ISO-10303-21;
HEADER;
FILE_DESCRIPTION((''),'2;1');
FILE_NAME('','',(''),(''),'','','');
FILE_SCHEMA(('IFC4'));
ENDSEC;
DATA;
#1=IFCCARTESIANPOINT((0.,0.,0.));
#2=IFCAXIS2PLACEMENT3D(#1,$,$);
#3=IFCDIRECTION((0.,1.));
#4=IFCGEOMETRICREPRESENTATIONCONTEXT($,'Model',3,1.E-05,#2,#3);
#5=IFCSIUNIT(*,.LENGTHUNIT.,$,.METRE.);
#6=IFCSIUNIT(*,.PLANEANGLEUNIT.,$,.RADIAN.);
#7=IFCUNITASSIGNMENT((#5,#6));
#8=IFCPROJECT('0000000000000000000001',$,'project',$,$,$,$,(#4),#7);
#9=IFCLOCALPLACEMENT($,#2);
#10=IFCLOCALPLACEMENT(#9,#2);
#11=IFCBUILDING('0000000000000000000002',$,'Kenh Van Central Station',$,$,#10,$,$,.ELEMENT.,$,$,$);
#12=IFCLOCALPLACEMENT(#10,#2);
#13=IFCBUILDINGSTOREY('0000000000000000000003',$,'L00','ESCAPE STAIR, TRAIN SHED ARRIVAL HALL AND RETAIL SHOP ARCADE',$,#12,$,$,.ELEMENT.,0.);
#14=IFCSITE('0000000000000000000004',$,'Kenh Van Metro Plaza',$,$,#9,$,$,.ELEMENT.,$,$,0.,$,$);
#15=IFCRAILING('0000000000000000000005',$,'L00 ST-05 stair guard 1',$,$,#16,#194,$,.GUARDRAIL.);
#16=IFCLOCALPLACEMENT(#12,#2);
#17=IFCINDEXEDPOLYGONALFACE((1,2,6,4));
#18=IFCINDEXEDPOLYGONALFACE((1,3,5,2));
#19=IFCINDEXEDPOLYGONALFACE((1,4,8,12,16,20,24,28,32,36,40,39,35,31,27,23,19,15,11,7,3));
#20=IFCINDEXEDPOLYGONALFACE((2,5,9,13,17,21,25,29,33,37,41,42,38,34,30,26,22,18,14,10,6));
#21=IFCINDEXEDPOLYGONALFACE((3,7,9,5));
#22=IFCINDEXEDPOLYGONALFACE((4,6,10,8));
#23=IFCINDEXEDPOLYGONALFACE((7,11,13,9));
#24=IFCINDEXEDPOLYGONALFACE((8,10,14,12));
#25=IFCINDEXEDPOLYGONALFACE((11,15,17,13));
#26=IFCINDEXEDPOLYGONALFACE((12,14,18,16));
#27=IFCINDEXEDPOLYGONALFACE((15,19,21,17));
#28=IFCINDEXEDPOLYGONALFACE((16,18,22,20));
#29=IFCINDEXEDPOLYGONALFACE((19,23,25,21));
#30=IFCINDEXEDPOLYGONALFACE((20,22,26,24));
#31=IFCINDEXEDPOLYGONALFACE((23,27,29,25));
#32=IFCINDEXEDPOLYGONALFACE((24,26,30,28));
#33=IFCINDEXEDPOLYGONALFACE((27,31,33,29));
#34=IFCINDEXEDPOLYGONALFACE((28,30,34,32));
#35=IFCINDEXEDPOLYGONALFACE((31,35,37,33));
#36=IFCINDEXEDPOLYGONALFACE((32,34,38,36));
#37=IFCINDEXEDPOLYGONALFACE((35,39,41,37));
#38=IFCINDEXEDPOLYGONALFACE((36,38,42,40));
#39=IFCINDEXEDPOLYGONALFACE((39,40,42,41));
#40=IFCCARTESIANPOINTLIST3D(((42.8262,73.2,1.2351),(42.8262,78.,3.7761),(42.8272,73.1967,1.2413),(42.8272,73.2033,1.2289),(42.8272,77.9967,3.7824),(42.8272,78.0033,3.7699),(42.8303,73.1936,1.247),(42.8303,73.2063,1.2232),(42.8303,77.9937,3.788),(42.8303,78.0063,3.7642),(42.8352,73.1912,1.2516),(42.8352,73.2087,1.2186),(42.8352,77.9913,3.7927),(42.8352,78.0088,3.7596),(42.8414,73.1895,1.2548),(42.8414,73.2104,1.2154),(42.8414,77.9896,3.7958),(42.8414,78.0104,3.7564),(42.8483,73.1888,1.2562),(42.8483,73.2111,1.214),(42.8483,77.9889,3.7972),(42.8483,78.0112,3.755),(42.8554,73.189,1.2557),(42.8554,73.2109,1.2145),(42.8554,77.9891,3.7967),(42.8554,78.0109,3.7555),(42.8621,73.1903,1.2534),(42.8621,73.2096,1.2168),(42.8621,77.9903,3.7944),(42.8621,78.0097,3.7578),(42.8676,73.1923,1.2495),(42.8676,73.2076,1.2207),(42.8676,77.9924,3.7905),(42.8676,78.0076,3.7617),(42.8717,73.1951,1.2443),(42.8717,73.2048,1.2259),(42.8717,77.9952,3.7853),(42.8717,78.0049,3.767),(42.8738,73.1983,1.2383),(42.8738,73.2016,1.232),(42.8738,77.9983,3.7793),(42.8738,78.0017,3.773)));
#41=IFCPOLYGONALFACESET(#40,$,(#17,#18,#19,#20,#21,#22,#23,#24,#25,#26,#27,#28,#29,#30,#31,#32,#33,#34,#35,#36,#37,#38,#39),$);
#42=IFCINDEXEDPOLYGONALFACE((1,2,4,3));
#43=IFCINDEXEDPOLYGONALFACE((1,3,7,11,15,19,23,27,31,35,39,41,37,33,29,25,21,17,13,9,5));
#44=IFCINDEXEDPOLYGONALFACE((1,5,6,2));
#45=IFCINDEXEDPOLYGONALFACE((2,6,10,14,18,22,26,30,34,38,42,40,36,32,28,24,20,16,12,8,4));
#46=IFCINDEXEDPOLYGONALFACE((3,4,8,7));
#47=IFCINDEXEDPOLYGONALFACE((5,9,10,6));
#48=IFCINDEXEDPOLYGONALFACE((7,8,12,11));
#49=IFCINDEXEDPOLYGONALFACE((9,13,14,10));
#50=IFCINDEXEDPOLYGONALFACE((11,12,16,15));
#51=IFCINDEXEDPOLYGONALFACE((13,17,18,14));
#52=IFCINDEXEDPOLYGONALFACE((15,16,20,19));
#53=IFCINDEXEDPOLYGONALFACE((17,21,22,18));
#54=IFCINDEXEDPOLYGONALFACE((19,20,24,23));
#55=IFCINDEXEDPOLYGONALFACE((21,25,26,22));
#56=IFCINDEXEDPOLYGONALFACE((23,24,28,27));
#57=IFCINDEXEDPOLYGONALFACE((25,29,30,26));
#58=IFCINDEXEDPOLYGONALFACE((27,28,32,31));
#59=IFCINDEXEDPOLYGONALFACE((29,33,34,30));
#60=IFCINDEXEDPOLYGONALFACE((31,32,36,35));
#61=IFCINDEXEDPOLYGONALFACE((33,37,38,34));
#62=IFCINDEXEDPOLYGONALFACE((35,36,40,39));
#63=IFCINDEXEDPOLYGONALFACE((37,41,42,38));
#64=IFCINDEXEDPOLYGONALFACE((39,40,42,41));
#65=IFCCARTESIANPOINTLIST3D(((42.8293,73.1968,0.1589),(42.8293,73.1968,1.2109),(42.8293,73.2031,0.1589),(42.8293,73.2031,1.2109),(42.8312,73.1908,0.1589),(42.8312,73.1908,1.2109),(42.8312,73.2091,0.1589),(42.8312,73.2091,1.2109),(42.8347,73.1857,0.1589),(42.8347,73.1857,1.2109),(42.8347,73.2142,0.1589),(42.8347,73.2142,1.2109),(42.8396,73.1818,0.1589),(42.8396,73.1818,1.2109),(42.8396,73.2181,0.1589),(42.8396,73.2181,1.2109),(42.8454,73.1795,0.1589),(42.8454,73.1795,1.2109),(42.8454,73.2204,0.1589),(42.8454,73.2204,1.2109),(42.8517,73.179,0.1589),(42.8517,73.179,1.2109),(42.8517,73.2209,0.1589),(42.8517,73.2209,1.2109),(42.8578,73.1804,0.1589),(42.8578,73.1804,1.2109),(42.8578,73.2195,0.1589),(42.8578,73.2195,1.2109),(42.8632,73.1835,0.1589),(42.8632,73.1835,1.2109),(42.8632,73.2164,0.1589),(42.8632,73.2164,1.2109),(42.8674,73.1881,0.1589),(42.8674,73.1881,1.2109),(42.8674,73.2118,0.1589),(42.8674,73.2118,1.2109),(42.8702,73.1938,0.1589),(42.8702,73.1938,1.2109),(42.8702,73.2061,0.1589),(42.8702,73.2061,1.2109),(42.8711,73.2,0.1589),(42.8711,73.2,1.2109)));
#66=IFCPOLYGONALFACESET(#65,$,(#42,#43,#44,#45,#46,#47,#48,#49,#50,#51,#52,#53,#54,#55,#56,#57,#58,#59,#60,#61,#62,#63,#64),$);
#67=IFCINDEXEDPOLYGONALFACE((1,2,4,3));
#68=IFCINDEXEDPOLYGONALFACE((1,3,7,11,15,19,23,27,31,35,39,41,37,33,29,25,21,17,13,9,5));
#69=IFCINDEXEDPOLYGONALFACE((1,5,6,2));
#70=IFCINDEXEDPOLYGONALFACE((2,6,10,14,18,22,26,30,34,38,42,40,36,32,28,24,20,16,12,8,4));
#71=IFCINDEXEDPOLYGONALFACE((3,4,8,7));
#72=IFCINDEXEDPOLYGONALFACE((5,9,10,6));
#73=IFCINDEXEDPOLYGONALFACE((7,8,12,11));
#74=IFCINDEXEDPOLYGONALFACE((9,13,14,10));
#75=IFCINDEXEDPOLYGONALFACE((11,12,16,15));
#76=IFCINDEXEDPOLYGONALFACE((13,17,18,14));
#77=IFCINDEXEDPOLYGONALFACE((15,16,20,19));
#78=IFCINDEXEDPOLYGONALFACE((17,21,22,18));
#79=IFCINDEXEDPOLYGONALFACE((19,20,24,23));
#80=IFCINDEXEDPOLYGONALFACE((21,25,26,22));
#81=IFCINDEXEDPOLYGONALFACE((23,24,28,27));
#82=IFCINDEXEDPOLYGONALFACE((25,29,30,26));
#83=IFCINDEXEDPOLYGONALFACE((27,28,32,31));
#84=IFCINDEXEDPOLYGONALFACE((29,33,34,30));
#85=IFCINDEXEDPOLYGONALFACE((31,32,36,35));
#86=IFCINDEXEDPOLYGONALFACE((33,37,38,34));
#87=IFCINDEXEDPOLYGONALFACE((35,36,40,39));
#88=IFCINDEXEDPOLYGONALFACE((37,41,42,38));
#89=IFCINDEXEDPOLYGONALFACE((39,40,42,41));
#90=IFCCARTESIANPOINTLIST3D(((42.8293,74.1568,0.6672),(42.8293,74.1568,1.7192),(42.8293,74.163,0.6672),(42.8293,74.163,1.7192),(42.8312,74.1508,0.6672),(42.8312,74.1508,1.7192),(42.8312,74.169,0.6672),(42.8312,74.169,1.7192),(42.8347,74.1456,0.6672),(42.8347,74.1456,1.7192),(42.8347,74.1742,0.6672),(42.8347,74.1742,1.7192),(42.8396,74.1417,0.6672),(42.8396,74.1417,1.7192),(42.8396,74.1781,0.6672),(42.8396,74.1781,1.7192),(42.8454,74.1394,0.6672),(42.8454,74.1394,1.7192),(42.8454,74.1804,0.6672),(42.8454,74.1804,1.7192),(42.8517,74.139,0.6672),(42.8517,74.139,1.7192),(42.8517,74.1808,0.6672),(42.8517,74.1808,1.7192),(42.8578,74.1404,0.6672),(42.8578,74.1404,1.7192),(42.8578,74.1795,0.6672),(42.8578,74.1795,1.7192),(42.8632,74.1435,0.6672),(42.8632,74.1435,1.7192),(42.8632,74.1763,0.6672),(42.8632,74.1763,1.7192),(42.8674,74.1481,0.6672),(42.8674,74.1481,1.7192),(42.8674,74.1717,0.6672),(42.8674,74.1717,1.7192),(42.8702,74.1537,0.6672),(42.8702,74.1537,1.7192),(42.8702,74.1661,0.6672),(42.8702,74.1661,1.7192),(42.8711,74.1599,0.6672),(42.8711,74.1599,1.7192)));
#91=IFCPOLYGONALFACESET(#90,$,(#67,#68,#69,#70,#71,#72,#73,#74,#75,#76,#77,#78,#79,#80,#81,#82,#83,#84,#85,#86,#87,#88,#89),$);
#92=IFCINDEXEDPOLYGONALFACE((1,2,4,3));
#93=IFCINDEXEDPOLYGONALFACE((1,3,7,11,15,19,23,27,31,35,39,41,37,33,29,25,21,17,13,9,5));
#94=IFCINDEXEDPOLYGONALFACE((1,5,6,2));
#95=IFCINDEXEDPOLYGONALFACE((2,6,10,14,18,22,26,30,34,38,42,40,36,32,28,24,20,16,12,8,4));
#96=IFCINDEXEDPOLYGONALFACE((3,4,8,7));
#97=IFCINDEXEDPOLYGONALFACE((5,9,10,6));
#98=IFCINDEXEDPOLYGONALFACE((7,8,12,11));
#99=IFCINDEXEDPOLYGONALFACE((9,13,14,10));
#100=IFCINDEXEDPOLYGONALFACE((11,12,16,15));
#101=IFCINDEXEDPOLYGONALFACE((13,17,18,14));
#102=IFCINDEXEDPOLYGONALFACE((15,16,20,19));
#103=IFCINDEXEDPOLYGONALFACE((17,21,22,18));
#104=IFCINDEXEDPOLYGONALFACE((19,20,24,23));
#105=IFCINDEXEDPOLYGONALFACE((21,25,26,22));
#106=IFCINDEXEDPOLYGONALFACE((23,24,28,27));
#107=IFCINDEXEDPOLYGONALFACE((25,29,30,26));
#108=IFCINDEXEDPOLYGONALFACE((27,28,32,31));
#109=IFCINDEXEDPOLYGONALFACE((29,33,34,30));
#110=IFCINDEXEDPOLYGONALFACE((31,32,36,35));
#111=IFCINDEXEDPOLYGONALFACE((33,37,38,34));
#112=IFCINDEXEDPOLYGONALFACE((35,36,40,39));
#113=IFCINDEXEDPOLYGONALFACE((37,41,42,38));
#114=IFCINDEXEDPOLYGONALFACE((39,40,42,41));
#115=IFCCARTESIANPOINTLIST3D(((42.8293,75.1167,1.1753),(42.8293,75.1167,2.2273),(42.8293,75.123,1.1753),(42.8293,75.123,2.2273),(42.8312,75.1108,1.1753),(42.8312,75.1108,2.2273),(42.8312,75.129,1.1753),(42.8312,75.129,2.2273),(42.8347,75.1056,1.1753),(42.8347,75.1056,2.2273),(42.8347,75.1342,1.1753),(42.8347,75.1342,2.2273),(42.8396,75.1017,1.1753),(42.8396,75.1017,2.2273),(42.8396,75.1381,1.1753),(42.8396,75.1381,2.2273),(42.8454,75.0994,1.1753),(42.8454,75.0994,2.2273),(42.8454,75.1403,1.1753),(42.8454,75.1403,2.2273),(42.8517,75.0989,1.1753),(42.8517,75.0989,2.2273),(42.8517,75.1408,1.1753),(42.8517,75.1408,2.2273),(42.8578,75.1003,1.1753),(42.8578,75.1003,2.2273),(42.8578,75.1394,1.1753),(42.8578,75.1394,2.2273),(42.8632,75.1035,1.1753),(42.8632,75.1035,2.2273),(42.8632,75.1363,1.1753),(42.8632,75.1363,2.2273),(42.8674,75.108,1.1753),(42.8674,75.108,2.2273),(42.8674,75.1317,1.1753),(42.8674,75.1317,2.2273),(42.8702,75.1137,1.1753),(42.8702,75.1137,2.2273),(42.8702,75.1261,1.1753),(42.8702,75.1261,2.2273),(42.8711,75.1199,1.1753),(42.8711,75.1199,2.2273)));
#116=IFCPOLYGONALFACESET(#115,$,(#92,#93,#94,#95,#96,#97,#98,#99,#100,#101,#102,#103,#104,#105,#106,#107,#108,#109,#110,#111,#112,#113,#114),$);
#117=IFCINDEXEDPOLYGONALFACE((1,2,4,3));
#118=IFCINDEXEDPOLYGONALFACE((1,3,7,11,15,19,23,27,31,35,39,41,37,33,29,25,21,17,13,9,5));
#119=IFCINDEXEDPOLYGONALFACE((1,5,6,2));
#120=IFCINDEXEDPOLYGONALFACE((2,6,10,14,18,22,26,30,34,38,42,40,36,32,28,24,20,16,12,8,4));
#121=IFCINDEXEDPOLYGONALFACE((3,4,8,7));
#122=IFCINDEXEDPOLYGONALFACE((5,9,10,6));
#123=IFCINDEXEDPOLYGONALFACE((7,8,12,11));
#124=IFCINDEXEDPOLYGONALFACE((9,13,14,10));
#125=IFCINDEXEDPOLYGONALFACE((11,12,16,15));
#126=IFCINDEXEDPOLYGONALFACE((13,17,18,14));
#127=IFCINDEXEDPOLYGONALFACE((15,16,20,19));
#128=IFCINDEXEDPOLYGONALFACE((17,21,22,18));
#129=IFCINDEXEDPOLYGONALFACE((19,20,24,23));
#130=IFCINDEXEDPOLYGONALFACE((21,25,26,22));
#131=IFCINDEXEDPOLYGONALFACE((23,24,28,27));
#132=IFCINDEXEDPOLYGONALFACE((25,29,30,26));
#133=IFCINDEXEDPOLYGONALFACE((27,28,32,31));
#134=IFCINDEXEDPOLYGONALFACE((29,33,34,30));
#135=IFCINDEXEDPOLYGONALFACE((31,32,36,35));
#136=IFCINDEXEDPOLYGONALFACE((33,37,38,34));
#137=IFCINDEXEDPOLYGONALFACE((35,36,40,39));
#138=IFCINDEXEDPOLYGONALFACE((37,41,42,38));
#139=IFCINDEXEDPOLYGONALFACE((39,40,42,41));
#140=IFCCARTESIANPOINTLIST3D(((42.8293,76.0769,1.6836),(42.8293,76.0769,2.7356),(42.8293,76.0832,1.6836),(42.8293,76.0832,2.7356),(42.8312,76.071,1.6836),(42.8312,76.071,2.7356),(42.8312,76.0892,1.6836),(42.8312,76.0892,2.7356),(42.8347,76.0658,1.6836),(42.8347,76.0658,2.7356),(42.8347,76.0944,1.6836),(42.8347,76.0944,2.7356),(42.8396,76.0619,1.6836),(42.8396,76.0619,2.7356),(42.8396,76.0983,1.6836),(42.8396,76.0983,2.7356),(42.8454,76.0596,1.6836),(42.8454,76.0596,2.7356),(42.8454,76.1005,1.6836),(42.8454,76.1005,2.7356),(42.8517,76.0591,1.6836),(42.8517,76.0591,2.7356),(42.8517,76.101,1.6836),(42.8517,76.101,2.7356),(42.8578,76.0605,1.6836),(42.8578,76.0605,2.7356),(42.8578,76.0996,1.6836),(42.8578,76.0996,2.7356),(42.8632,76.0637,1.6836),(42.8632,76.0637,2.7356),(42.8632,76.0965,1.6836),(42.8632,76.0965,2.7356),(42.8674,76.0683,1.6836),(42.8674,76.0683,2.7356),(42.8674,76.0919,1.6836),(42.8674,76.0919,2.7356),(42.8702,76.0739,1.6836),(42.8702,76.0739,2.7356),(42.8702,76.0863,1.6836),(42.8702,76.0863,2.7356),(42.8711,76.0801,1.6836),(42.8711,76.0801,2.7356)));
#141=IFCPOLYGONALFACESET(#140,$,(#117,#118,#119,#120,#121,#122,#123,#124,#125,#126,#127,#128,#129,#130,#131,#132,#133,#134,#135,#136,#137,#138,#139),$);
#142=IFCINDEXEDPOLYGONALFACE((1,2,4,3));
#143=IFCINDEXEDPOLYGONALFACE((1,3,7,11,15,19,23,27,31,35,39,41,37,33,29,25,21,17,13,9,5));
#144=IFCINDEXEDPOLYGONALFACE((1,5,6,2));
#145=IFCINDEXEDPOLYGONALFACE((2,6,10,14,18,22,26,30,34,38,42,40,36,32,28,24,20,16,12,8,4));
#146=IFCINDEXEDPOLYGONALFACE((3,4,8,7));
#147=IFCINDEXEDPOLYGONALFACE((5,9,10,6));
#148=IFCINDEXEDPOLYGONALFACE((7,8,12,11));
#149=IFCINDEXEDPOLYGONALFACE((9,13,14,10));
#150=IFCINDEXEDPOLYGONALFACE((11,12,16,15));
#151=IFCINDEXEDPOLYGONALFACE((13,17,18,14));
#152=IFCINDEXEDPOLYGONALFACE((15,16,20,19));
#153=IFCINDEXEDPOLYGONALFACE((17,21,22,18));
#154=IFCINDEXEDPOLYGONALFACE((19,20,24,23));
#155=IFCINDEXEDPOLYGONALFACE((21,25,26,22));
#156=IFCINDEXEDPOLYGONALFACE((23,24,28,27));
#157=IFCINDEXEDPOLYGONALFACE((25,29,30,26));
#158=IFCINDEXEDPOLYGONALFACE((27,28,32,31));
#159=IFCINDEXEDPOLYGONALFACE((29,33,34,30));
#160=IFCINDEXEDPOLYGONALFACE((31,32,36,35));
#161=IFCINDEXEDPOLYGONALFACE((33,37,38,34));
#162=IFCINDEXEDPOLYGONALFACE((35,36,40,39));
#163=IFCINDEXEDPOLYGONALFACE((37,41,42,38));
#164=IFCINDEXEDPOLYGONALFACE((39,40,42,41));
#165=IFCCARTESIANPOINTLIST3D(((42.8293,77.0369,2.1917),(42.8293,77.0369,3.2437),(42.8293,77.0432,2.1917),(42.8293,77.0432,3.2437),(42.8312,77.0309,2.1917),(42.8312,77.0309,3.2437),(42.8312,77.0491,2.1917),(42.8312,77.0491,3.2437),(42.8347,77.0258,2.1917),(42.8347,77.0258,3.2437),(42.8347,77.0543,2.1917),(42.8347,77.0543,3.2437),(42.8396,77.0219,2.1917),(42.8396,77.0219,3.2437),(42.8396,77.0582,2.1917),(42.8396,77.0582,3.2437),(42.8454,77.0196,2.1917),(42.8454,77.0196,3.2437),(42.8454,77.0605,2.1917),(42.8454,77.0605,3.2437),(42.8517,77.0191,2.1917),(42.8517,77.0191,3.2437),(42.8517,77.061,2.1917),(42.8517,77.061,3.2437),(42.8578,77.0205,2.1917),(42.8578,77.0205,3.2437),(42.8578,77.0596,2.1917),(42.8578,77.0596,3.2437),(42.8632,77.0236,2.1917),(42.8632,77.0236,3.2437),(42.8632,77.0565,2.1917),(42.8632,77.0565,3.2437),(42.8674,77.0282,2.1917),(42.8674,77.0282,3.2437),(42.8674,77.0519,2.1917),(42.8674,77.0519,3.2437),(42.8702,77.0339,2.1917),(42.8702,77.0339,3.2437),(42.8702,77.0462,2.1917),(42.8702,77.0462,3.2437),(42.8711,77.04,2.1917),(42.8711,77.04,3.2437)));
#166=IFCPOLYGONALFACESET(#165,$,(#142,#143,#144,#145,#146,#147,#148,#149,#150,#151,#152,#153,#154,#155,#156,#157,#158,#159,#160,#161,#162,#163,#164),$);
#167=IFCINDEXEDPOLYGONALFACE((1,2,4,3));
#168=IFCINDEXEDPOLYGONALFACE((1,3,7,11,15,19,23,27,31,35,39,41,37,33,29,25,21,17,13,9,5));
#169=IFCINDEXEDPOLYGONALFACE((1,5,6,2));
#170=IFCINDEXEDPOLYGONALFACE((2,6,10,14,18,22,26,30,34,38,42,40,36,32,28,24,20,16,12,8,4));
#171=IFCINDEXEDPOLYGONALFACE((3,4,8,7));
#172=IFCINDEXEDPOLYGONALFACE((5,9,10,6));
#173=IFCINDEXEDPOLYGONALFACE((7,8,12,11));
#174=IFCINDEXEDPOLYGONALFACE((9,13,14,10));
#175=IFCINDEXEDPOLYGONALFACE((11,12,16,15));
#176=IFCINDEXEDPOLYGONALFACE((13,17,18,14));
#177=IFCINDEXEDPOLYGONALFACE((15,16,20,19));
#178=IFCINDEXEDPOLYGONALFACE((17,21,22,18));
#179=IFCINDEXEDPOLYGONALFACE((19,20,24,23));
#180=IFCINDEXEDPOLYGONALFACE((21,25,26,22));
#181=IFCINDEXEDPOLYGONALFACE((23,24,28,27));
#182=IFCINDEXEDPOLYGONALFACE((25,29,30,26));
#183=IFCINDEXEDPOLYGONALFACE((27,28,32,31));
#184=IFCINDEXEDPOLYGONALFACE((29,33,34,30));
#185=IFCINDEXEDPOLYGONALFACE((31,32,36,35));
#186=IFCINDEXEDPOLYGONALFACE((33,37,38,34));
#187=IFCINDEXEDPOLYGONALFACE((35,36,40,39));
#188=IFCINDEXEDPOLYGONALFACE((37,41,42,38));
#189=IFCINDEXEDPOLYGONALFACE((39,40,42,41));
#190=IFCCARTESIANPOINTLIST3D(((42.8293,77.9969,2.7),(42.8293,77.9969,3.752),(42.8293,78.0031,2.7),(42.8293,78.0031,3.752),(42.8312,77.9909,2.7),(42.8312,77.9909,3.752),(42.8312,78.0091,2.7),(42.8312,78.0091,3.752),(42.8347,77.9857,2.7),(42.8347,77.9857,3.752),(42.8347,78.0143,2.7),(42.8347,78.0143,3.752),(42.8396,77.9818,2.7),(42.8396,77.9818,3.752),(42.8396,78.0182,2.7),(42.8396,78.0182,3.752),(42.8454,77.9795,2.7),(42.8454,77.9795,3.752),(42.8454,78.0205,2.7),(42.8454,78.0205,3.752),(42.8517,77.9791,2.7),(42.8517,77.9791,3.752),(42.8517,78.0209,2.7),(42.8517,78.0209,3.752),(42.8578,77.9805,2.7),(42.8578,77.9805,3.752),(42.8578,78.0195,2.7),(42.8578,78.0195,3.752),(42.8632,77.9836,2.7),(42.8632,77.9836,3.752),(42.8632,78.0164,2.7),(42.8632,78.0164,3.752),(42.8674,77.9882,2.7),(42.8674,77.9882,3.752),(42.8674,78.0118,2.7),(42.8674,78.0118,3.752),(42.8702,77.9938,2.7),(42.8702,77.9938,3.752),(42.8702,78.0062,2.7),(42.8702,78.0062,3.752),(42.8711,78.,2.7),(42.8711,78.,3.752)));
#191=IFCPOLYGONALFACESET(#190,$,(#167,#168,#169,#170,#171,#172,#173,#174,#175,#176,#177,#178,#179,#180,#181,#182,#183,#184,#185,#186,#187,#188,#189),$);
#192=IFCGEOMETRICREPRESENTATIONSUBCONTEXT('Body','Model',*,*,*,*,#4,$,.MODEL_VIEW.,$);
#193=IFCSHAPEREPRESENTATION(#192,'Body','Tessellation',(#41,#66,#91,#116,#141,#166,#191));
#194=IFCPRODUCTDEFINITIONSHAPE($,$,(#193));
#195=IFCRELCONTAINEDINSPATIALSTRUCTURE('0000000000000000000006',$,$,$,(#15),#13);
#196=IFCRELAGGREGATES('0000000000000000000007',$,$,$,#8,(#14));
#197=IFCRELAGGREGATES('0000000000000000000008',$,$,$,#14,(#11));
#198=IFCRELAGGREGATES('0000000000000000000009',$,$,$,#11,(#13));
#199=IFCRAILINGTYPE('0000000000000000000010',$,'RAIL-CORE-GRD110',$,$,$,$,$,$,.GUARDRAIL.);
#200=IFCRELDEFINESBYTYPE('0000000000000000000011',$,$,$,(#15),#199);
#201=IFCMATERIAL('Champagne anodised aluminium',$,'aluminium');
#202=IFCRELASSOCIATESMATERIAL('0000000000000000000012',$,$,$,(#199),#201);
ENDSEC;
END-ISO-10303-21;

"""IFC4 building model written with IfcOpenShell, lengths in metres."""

from ifc_helpers import new_model, si_unit, direction, frame, origin, origin_2d, place, context, subcontext, project, spatial, circle, extrude, material, type_object, element, save


model = new_model("IFC4")

# Units and contexts
model_context = context("Model", 3, precision=1e-05, world=origin(), true_north=direction((0.0, 1.0)))
body_context = subcontext(model_context, "Body", "Model", "MODEL_VIEW")
ifc_project = project(units=[si_unit("LENGTHUNIT", "METRE"), si_unit("PLANEANGLEUNIT", "RADIAN")], contexts=[model_context])

# Site, building, storey
site_placement = place(None, origin())
site = spatial("IfcSite", under=ifc_project, at=site_placement, Name="Kenh Van Metro Plaza", CompositionType="ELEMENT", RefElevation=0.0)
building_placement = place(site_placement, origin())
building = spatial("IfcBuilding", under=site, at=building_placement, Name="Kenh Van Central Station", CompositionType="ELEMENT")
storey_placement = place(building_placement, origin())
storey = spatial("IfcBuildingStorey", under=building, at=storey_placement, Name="L00", Description="ESCAPE STAIR, TRAIN SHED ARRIVAL HALL AND RETAIL SHOP ARCADE", CompositionType="ELEMENT", Elevation=0.0)

# Shared definitions
ifc_material_1 = material(Name="Champagne anodised aluminium", Category="aluminium")

# Railing
railing_type_1 = type_object("IfcRailingType", Name="RAIL-CORE-GRD110", PredefinedType="GUARDRAIL", material=ifc_material_1)
railing_1_placement = place(storey_placement, frame((42.8501, 73.2, 0.1589)))
element("IfcRailing", 1, at=railing_1_placement, inside=storey, type_object=railing_type_1, Name="L00 ST-05 stair guard 1", PredefinedType="GUARDRAIL", context=body_context, shape_type="SweptSolid", body=[
    extrude(circle(Radius=0.0239, at=origin_2d()), frame((0.0, 0.0, 1.0762), z_axis=(0.0, 0.883802, 0.467861), x_axis=(-1.0, 0.0, 0.0)), (0.0, 0.0, 1.0), 5.4312),
    extrude(circle(Radius=0.021, at=origin_2d()), origin(), (0.0, 0.0, 1.0), 1.052),
    extrude(circle(Radius=0.021, at=origin_2d()), frame((0.0, 0.96, 0.5083)), (0.0, 0.0, 1.0), 1.052),
    extrude(circle(Radius=0.021, at=origin_2d()), frame((0.0, 1.9199, 1.0164)), (0.0, 0.0, 1.0), 1.052),
    extrude(circle(Radius=0.021, at=origin_2d()), frame((0.0, 2.8801, 1.5247)), (0.0, 0.0, 1.0), 1.052),
    extrude(circle(Radius=0.021, at=origin_2d()), frame((0.0, 3.8401, 2.0327)), (0.0, 0.0, 1.0), 1.052),
    extrude(circle(Radius=0.021, at=origin_2d()), frame((0.0, 4.8, 2.541)), (0.0, 0.0, 1.0), 1.052),
])

save(model, "model.ifc")
